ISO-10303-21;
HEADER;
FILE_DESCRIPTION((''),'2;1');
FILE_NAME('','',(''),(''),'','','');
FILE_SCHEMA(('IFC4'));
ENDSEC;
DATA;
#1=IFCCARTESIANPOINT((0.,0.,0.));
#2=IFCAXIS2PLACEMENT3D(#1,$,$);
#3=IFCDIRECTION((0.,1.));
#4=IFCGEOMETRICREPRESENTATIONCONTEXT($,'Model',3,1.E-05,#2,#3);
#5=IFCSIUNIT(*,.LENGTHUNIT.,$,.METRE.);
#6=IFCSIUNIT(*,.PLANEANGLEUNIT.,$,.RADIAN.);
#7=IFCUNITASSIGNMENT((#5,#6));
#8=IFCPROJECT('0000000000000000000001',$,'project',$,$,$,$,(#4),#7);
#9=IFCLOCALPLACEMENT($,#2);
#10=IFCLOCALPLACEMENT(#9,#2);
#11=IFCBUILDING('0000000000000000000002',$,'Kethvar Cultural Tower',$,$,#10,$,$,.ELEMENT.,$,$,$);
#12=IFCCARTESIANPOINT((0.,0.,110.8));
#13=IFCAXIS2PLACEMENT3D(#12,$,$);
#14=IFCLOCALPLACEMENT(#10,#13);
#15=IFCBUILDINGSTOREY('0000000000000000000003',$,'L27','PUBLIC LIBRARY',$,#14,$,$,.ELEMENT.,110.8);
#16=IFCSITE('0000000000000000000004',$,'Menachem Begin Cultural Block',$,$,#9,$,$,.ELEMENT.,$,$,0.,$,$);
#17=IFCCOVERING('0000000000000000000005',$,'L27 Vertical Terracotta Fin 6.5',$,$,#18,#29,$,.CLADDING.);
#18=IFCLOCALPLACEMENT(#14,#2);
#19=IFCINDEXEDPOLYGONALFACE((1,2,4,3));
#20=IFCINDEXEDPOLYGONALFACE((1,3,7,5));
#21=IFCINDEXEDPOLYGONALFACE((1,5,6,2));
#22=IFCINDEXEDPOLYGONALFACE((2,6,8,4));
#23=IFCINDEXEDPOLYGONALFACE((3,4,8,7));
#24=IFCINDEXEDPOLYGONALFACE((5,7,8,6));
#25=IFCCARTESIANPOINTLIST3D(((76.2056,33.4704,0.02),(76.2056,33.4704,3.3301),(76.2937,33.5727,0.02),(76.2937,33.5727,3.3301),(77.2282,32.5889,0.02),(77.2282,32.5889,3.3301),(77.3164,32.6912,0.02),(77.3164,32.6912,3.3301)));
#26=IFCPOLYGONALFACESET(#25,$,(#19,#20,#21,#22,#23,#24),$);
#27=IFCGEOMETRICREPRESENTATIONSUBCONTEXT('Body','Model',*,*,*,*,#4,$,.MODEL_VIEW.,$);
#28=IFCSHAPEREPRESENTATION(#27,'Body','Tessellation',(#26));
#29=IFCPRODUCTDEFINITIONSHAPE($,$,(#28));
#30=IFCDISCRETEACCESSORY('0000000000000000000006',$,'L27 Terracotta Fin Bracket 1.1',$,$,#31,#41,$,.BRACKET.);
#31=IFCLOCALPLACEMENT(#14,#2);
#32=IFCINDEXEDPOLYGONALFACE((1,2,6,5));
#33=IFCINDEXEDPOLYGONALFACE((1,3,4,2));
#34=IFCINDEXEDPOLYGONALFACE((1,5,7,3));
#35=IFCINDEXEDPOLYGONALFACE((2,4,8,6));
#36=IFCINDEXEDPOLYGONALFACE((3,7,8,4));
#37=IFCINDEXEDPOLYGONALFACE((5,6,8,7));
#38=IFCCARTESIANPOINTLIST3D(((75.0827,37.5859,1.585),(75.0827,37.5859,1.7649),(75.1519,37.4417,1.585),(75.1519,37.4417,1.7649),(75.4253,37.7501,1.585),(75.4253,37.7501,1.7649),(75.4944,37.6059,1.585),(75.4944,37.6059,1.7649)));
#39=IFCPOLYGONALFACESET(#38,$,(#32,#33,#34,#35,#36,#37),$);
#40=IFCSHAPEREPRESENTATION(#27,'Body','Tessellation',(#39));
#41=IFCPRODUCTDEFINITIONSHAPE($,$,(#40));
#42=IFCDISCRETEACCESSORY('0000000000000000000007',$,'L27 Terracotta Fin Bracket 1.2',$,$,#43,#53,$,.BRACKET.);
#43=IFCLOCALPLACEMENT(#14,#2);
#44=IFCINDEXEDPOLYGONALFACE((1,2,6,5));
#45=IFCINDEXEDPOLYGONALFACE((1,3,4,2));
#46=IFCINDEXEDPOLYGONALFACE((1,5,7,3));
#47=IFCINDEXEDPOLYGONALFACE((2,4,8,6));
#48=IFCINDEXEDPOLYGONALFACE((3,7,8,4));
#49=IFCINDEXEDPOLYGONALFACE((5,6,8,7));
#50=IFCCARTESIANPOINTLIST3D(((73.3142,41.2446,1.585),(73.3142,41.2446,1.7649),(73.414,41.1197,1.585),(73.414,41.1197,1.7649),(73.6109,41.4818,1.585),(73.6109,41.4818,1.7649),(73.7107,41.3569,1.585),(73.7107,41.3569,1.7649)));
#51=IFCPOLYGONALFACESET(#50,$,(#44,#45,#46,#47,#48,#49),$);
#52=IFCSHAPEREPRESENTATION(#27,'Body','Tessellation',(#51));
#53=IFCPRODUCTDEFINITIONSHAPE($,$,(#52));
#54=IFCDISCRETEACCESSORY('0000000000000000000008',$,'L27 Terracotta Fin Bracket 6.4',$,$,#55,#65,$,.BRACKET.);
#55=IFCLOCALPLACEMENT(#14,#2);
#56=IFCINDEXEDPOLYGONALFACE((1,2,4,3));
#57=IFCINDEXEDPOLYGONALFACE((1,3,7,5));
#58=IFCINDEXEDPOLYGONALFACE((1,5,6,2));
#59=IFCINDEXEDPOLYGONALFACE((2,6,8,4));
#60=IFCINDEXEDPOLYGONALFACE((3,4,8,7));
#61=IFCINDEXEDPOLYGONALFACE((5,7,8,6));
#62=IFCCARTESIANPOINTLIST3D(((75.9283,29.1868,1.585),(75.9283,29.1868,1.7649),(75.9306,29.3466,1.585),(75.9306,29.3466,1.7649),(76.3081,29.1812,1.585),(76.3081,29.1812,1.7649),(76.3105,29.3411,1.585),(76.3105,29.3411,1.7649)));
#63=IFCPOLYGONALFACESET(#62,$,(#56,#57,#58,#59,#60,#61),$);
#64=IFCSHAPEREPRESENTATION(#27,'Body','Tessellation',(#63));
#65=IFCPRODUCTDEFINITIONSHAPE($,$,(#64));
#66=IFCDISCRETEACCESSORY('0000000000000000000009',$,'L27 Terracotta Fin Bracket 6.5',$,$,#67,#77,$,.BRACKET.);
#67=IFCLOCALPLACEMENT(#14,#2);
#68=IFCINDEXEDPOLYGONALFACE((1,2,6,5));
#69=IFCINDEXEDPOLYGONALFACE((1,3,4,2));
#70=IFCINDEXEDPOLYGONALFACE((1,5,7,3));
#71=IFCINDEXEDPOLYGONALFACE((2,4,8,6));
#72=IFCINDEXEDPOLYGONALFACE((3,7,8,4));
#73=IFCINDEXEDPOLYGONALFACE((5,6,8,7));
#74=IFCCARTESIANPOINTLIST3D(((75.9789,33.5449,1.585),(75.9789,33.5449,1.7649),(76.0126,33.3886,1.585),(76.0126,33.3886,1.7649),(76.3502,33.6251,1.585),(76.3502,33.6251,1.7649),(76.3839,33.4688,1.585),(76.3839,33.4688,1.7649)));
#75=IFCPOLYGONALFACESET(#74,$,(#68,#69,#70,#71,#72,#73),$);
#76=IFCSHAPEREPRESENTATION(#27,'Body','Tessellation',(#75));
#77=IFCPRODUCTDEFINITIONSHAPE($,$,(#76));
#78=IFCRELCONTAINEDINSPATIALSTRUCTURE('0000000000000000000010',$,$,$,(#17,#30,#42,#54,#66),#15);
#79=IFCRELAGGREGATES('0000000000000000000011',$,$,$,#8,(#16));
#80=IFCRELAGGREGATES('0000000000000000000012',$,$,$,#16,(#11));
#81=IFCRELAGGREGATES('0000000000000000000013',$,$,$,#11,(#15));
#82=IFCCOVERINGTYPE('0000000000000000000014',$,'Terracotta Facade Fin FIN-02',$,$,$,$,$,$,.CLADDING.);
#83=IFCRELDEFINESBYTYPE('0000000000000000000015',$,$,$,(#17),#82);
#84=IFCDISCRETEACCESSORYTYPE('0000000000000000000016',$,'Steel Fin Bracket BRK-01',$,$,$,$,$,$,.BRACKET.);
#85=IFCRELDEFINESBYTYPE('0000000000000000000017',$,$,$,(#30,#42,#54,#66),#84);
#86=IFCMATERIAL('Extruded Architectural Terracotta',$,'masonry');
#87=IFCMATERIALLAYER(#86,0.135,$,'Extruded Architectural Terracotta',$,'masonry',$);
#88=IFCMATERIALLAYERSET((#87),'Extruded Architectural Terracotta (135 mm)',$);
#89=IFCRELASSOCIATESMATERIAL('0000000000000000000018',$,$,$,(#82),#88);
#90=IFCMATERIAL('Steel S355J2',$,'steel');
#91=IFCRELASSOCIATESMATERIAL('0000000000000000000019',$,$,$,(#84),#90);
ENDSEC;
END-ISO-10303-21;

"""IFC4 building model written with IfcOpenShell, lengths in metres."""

from ifc_helpers import new_model, si_unit, direction, frame, origin, origin_2d, place, context, subcontext, project, spatial, rectangle, extrude, source, transform, mapped, material, layer, layer_set, type_object, element, save


model = new_model("IFC4")

# Units and contexts
model_context = context("Model", 3, precision=1e-05, world=origin(), true_north=direction((0.0, 1.0)))
body_context = subcontext(model_context, "Body", "Model", "MODEL_VIEW")
ifc_project = project(units=[si_unit("LENGTHUNIT", "METRE"), si_unit("PLANEANGLEUNIT", "RADIAN")], contexts=[model_context])

# Site, building, storey
site_placement = place(None, origin())
site = spatial("IfcSite", under=ifc_project, at=site_placement, Name="Menachem Begin Cultural Block", CompositionType="ELEMENT", RefElevation=0.0)
building_placement = place(site_placement, origin())
building = spatial("IfcBuilding", under=site, at=building_placement, Name="Kethvar Cultural Tower", CompositionType="ELEMENT")
storey_placement = place(building_placement, frame((0.0, 0.0, 110.8)))
storey = spatial("IfcBuildingStorey", under=building, at=storey_placement, Name="L27", Description="PUBLIC LIBRARY", CompositionType="ELEMENT", Elevation=110.8)

# Shared definitions
ifc_material_1 = material(Name="Steel S355J2", Category="steel")

# Covering
ifc_material_2 = material(Name="Extruded Architectural Terracotta", Category="masonry")
ifc_layer_1 = layer(ifc_material_2, 0.135, Name="Extruded Architectural Terracotta", Category="masonry")
ifc_layer_set_1 = layer_set([ifc_layer_1], Name="Extruded Architectural Terracotta (135 mm)")
covering_type = type_object("IfcCoveringType", Name="Terracotta Facade Fin FIN-02", PredefinedType="CLADDING", material=ifc_layer_set_1)
shared_shape_1 = source(origin(), body_context, "Body", "SweptSolid", [
    extrude(rectangle(XDim=1.3501, YDim=0.135, at=origin_2d()), origin(), (0.0, 0.0, 1.0), 3.3101),
])
for number, where, z_axis, x_axis, name in (
    (1, (76.761, 33.0808, 0.02), (0.0, 0.0, 1.0), (0.757451, -0.652892, 0.0), "L27 Vertical Terracotta Fin 6.5"),
):
    element("IfcCovering", number, at=place(storey_placement, frame(where, z_axis=z_axis, x_axis=x_axis)), inside=storey, type_object=covering_type, Name=name, PredefinedType="CLADDING", context=body_context, shape_type="MappedRepresentation", body=[
        mapped(shared_shape_1, transform((0.0, 0.0, 0.0), scale=1.0)),
    ])

# Discrete accessories
discrete_accessory_type = type_object("IfcDiscreteAccessoryType", Name="Steel Fin Bracket BRK-01", PredefinedType="BRACKET", material=ifc_material_1)
shared_shape_2 = source(origin(), body_context, "Body", "SweptSolid", [
    extrude(rectangle(XDim=0.3799, YDim=0.1599, at=origin_2d()), origin(), (0.0, 0.0, 1.0), 0.1799),
])
for number, where, z_axis, x_axis, name in (
    (2, (75.2886, 37.5959, 1.585), (0.0, 0.0, 1.0), (0.901757, 0.432243, 0.0), "L27 Terracotta Fin Bracket 1.1"),
    (3, (73.5125, 41.3008, 1.585), (0.0, 0.0, 1.0), (0.781085, 0.624425, 0.0), "L27 Terracotta Fin Bracket 1.2"),
    (4, (76.1194, 29.2639, 1.585), (0.0, 0.0, 1.0), (0.999893, -0.01466, 0.0), "L27 Terracotta Fin Bracket 6.4"),
    (5, (76.1814, 33.5068, 1.585), (0.0, 0.0, 1.0), (0.977453, 0.211154, 0.0), "L27 Terracotta Fin Bracket 6.5"),
):
    element("IfcDiscreteAccessory", number, at=place(storey_placement, frame(where, z_axis=z_axis, x_axis=x_axis)), inside=storey, type_object=discrete_accessory_type, Name=name, PredefinedType="BRACKET", context=body_context, shape_type="MappedRepresentation", body=[
        mapped(shared_shape_2, transform((0.0, 0.0, 0.0), scale=1.0)),
    ])

save(model, "model.ifc")
